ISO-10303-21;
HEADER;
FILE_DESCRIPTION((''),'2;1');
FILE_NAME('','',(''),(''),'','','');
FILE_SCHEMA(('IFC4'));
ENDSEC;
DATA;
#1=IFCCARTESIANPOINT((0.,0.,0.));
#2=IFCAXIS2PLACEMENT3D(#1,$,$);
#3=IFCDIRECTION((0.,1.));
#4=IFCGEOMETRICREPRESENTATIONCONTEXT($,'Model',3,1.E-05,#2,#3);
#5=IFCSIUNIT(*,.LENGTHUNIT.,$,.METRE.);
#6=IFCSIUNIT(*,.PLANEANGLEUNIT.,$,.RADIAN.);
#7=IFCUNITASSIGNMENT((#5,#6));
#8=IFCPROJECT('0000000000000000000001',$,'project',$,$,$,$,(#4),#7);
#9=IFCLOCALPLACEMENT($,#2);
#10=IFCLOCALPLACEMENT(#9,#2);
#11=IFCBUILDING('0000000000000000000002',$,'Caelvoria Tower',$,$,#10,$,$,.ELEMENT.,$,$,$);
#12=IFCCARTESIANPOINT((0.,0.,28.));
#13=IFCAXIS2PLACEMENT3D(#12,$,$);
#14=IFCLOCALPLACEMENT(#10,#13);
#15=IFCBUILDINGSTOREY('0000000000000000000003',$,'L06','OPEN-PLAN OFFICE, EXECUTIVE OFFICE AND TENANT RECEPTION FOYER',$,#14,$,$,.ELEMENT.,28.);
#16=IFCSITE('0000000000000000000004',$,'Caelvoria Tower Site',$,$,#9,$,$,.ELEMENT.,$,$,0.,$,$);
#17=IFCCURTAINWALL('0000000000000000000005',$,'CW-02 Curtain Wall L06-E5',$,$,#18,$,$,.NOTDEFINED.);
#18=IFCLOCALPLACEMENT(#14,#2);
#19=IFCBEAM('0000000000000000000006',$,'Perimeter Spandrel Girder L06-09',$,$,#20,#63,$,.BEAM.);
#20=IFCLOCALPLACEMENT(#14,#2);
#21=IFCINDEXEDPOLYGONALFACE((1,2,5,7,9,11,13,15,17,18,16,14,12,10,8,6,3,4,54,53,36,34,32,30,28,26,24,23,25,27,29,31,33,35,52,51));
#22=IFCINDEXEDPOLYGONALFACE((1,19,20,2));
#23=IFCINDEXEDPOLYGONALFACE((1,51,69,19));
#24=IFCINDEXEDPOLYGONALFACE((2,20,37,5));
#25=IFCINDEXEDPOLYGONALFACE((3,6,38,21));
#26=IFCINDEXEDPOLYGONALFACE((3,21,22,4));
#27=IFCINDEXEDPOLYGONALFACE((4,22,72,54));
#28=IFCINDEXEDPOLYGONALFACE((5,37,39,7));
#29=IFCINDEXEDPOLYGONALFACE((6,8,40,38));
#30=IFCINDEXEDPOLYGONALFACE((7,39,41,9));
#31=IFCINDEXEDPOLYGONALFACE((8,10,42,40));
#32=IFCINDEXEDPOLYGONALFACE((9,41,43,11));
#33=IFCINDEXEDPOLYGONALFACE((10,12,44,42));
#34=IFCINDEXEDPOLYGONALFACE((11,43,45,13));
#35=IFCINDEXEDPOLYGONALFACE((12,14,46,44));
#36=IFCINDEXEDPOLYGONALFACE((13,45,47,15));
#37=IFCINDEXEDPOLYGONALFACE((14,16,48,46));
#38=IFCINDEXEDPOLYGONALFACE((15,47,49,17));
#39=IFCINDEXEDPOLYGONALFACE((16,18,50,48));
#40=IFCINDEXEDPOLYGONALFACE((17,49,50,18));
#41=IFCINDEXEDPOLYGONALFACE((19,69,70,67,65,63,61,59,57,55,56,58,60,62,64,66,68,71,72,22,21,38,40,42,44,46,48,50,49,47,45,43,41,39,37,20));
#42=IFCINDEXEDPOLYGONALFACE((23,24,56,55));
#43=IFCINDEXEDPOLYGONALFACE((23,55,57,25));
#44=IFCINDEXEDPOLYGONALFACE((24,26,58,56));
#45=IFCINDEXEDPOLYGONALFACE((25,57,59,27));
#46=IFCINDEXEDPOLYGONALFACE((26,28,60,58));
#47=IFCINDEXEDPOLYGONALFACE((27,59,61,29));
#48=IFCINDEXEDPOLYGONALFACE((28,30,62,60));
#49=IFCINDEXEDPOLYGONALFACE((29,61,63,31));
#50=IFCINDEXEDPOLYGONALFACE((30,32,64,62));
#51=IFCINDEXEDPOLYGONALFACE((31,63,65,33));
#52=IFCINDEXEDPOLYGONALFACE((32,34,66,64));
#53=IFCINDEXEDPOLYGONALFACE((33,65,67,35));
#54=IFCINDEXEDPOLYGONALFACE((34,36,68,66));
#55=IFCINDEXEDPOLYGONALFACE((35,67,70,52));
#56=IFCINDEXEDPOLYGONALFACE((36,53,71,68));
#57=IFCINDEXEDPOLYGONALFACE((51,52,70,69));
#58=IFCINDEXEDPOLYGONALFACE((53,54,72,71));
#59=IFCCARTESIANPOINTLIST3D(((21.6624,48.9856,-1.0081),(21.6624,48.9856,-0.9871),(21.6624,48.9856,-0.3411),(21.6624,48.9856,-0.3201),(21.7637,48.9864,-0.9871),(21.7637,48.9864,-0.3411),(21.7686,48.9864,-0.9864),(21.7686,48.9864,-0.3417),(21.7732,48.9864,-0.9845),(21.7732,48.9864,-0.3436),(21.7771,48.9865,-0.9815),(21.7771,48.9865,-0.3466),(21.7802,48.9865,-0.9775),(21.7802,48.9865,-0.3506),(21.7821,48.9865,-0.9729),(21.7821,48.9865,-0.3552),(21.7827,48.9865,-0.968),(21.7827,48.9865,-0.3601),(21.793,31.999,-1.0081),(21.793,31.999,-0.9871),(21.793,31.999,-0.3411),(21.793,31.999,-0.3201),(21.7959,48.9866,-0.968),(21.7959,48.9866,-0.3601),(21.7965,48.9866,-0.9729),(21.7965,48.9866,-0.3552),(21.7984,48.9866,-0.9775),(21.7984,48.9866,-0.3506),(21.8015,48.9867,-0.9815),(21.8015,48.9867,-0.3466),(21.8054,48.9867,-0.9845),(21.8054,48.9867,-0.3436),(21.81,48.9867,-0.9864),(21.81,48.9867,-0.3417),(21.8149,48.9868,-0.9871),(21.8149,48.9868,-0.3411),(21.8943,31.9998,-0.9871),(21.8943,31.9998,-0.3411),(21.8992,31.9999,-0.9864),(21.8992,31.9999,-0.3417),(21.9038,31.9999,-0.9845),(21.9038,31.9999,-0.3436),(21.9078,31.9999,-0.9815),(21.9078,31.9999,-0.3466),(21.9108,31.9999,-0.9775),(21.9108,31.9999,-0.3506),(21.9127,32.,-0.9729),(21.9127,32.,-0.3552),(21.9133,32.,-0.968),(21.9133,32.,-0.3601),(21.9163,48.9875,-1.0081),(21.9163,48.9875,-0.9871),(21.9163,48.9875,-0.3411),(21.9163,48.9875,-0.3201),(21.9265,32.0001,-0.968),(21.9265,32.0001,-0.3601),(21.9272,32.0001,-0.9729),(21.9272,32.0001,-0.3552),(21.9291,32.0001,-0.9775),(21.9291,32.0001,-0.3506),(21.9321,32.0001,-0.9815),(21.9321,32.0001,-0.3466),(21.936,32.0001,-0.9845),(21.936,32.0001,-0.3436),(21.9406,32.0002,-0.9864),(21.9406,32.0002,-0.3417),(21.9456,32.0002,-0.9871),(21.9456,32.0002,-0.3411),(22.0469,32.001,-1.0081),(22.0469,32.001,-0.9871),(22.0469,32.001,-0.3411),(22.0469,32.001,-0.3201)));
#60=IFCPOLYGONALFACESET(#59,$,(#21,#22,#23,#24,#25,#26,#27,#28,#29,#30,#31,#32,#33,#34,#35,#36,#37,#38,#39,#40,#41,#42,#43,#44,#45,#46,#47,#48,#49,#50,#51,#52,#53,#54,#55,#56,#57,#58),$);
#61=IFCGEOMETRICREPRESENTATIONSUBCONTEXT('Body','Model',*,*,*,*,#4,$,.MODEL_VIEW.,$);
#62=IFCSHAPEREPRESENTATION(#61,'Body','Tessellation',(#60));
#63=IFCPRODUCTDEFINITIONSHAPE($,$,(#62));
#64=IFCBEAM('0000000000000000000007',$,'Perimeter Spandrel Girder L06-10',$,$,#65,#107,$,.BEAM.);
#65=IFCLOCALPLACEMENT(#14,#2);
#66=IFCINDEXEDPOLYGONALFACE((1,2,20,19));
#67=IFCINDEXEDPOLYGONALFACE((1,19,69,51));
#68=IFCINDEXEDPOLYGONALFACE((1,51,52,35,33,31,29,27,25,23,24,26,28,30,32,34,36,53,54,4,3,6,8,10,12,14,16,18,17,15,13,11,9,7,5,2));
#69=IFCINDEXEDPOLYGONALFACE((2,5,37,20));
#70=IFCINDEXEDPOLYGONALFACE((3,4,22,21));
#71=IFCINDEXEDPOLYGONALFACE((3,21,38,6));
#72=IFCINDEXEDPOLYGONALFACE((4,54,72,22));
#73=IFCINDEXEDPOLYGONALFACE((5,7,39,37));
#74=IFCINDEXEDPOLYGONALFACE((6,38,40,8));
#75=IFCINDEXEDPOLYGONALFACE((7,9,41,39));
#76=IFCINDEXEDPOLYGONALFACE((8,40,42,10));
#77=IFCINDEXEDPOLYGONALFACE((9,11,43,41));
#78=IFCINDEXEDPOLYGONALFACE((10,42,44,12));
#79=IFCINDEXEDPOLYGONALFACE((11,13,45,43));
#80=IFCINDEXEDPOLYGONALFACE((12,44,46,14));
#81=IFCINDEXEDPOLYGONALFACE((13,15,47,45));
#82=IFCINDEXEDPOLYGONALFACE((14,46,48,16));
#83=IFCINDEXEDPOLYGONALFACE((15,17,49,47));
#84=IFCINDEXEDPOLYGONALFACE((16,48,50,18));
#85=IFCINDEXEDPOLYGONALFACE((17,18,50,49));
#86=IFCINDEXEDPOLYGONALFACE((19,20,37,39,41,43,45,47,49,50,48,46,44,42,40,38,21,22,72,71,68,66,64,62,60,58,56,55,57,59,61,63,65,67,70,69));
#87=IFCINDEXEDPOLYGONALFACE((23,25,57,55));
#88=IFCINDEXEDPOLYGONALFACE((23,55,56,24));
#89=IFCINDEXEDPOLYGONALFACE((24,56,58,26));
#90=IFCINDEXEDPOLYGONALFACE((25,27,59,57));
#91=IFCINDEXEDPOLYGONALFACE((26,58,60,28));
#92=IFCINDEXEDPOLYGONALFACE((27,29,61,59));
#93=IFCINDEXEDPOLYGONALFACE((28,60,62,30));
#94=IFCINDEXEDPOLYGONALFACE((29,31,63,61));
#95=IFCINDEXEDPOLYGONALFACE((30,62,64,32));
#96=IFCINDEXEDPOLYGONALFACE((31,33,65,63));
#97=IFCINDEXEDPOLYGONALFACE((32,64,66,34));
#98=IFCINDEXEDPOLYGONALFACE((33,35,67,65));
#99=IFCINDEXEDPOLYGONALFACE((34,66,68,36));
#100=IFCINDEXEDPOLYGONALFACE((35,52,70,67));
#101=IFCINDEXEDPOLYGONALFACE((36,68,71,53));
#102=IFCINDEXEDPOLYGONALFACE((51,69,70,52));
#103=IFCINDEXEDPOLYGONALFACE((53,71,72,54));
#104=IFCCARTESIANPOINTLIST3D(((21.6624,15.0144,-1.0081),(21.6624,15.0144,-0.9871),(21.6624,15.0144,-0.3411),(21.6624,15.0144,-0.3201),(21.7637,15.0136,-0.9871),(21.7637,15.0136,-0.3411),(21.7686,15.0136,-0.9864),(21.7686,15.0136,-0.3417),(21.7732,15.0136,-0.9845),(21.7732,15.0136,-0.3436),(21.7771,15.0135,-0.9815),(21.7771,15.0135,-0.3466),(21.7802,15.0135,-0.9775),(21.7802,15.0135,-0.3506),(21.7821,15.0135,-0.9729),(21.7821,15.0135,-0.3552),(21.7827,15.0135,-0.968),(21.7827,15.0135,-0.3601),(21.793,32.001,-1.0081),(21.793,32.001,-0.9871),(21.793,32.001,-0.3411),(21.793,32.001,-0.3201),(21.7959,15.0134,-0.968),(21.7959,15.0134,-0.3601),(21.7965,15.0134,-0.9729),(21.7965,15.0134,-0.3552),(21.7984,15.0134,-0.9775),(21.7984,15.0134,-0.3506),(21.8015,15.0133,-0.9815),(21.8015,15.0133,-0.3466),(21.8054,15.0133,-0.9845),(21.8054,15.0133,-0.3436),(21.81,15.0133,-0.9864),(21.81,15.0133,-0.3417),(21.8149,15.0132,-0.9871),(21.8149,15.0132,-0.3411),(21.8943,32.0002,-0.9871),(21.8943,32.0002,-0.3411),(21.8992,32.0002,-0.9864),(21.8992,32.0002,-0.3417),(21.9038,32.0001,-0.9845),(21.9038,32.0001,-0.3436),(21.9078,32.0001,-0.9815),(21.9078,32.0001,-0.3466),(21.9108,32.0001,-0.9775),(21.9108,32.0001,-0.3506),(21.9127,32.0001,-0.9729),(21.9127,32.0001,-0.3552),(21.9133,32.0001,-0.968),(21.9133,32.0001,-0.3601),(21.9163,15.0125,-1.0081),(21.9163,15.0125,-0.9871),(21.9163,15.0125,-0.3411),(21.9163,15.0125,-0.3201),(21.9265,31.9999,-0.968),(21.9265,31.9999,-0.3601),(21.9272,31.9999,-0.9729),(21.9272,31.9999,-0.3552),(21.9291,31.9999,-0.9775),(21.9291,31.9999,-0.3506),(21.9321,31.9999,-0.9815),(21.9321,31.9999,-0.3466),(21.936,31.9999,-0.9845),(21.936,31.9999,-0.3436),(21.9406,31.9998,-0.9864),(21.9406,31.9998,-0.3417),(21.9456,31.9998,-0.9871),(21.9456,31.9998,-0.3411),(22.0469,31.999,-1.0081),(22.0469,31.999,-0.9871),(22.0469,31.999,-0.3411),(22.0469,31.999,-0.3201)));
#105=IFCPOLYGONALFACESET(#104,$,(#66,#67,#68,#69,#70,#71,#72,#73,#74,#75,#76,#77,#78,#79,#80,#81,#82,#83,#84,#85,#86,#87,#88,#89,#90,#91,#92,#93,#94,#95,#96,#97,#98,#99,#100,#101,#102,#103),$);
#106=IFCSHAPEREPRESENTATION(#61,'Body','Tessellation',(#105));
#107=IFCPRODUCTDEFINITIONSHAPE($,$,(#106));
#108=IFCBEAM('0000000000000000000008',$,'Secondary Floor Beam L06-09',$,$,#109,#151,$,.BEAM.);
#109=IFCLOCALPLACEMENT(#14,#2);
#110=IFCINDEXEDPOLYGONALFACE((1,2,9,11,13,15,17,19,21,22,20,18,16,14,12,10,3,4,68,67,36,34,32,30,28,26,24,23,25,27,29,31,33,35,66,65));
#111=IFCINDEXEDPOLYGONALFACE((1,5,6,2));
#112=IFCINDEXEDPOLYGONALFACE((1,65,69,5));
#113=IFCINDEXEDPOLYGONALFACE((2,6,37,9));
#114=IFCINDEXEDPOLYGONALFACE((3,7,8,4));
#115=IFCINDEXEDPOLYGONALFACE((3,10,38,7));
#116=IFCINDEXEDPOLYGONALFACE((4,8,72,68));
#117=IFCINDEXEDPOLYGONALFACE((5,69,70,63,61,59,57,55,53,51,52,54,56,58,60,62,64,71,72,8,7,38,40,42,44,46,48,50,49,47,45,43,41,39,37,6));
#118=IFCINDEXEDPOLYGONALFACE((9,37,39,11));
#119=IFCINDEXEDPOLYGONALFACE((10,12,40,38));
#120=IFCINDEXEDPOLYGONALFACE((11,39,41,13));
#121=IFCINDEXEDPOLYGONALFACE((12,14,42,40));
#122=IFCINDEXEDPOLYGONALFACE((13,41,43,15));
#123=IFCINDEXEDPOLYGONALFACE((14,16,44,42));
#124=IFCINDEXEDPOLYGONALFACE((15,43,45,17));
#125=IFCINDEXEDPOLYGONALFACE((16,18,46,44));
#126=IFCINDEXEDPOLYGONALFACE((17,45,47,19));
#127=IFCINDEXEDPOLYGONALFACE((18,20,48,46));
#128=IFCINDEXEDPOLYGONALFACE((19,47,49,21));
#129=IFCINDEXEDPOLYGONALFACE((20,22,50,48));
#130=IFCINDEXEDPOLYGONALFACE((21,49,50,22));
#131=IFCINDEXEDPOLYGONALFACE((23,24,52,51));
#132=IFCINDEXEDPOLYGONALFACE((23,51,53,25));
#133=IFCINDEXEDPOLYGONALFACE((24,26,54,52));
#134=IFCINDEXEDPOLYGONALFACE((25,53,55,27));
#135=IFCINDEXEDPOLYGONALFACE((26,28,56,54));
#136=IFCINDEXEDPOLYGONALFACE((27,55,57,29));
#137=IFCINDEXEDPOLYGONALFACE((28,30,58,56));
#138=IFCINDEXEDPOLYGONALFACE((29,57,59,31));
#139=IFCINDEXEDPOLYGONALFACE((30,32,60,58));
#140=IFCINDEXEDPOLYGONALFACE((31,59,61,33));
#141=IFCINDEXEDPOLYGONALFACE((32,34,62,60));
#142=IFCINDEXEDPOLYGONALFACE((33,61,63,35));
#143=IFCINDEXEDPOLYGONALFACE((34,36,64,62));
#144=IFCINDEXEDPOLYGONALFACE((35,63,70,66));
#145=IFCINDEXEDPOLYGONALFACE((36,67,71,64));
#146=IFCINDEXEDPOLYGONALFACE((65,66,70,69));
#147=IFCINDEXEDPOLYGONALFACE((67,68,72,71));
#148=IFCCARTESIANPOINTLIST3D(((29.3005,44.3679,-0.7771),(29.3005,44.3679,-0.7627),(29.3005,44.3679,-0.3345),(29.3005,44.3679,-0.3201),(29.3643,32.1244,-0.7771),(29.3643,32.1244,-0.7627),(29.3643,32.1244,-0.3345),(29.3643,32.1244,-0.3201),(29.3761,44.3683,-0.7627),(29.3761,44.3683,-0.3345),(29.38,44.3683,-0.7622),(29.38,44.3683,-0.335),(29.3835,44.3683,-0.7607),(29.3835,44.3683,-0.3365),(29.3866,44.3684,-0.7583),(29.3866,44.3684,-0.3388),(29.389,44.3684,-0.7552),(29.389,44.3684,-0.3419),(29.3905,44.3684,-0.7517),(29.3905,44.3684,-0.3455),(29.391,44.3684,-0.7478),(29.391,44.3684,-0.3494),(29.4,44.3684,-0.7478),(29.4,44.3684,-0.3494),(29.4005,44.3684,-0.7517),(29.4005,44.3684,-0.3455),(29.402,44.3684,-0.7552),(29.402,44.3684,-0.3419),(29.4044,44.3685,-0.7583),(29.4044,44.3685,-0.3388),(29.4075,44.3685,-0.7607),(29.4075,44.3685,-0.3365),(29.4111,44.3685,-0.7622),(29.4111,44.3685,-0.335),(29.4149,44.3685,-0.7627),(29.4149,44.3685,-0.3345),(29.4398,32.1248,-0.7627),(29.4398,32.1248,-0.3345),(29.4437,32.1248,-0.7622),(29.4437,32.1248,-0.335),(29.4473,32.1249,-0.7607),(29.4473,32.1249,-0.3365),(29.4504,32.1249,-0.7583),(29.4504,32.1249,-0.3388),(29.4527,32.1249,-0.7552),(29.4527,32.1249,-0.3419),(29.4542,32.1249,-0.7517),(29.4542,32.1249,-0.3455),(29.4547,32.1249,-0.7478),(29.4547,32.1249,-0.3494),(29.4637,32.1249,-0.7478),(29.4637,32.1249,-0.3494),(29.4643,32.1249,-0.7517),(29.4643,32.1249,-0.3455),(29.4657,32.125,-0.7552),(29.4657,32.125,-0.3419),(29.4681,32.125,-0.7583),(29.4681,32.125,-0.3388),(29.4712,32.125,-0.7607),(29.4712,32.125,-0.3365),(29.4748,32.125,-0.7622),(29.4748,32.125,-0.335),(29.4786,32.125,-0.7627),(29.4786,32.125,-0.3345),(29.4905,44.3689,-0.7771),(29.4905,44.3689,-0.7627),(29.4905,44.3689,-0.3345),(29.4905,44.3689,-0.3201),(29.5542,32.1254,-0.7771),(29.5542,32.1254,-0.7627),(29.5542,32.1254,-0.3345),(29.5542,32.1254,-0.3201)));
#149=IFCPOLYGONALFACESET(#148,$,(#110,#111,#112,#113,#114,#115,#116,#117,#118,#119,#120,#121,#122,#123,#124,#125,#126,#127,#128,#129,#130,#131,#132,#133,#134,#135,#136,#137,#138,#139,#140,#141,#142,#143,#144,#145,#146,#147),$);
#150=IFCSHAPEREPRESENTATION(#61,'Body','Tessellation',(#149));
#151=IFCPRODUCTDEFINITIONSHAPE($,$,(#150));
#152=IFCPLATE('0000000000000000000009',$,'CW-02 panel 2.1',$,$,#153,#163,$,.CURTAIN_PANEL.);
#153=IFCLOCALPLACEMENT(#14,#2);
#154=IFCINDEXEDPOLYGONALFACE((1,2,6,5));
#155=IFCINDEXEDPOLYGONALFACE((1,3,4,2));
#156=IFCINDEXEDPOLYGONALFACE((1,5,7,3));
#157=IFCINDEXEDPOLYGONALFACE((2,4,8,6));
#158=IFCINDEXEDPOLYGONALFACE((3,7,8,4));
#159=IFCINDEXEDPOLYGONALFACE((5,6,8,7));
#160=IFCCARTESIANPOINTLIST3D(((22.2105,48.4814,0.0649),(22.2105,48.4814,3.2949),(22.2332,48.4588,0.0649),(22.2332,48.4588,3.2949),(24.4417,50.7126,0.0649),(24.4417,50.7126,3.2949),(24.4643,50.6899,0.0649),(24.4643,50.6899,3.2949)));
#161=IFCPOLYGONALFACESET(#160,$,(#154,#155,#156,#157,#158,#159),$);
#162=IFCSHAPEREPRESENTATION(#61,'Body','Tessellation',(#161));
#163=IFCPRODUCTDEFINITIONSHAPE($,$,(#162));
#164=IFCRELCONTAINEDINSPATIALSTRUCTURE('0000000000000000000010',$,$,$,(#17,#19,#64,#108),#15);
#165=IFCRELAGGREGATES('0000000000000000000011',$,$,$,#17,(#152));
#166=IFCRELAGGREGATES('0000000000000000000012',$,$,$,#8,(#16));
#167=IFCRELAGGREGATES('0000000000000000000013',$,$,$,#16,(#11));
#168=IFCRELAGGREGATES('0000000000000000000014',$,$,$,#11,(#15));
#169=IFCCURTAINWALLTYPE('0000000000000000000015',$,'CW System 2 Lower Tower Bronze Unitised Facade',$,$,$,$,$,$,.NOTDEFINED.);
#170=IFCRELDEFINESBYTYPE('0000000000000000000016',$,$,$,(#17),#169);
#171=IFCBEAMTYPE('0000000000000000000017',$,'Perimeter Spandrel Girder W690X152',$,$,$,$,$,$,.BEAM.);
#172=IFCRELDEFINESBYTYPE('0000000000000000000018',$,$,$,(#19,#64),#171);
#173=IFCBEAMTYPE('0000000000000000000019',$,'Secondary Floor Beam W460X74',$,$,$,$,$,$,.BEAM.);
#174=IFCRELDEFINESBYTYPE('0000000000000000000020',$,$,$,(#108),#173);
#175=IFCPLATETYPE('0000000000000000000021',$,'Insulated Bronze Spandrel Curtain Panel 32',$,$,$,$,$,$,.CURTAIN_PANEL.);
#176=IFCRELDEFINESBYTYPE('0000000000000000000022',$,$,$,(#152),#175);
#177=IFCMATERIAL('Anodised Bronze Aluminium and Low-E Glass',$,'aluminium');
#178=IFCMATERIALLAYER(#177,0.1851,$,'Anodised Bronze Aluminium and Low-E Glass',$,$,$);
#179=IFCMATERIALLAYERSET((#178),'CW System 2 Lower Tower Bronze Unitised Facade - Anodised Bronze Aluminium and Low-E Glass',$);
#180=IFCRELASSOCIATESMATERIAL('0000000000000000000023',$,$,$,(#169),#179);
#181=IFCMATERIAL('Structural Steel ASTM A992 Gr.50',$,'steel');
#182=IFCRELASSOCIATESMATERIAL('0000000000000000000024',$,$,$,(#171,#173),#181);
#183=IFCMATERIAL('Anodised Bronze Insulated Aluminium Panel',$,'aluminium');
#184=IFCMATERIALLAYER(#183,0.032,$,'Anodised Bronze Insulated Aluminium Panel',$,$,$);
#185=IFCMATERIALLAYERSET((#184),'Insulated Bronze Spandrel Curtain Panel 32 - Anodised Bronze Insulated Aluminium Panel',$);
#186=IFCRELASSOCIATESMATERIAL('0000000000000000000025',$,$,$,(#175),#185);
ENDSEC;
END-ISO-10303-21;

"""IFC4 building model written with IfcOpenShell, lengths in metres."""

from ifc_helpers import new_model, si_unit, direction, frame, origin, origin_2d, place, context, subcontext, project, spatial, rectangle, i_section, extrude, material, layer, layer_set, material_profile, profile_set, type_object, element, aggregate, save


model = new_model("IFC4")

# Units and contexts
model_context = context("Model", 3, precision=1e-05, world=origin(), true_north=direction((0.0, 1.0)))
body_context = subcontext(model_context, "Body", "Model", "MODEL_VIEW")
ifc_project = project(units=[si_unit("LENGTHUNIT", "METRE"), si_unit("PLANEANGLEUNIT", "RADIAN")], contexts=[model_context])

# Site, building, storey
site_placement = place(None, origin())
site = spatial("IfcSite", under=ifc_project, at=site_placement, Name="Caelvoria Tower Site", CompositionType="ELEMENT", RefElevation=0.0)
building_placement = place(site_placement, origin())
building = spatial("IfcBuilding", under=site, at=building_placement, Name="Caelvoria Tower", CompositionType="ELEMENT")
storey_placement = place(building_placement, frame((0.0, 0.0, 28.0)))
storey = spatial("IfcBuildingStorey", under=building, at=storey_placement, Name="L06", Description="OPEN-PLAN OFFICE, EXECUTIVE OFFICE AND TENANT RECEPTION FOYER", CompositionType="ELEMENT", Elevation=28.0)

# Curtain wall
ifc_material_1 = material(Name="Anodised Bronze Aluminium and Low-E Glass", Category="aluminium")
ifc_layer_1 = layer(ifc_material_1, 0.1851, Name="Anodised Bronze Aluminium and Low-E Glass")
ifc_layer_set_1 = layer_set([ifc_layer_1], Name="CW System 2 Lower Tower Bronze Unitised Facade - Anodised Bronze Aluminium and Low-E Glass")
curtain_wall_type = type_object("IfcCurtainWallType", Name="CW System 2 Lower Tower Bronze Unitised Facade", PredefinedType="NOTDEFINED", material=ifc_layer_set_1)
curtain_wall_placement = place(storey_placement, origin())
curtain_wall = element("IfcCurtainWall", 1, at=curtain_wall_placement, inside=storey, type_object=curtain_wall_type, Name="CW-02 Curtain Wall L06-E5", PredefinedType="NOTDEFINED")

# Beams
ifc_material_2 = material(Name="Structural Steel ASTM A992 Gr.50", Category="steel")
ifc_material_profile_1 = material_profile(ifc_material_2, i_section(OverallWidth=0.2539, OverallDepth=0.688, WebThickness=0.0132, FlangeThickness=0.021, FilletRadius=0.019, at=origin_2d()), Name="Structural Steel ASTM A992 Gr.50")
ifc_profile_set_1 = profile_set([ifc_material_profile_1], Name="W690X152 - Structural Steel ASTM A992 Gr.50")
beam_type_1 = type_object("IfcBeamType", Name="Perimeter Spandrel Girder W690X152", PredefinedType="BEAM", material=ifc_profile_set_1)
for number, where, z_axis, x_axis, name in (
    (2, (21.7893, 48.9866, -0.6641), (0.007689, -0.99997, 0.0), (0.99997, 0.007689, 0.0), "Perimeter Spandrel Girder L06-09"),
    (3, (21.9199, 32.0, -0.6641), (-0.007689, -0.99997, 0.0), (0.99997, -0.007689, 0.0), "Perimeter Spandrel Girder L06-10"),
):
    element("IfcBeam", number, at=place(storey_placement, frame(where, z_axis=z_axis, x_axis=x_axis)), inside=storey, type_object=beam_type_1, Name=name, PredefinedType="BEAM", context=body_context, shape_type="SweptSolid", body=[
        extrude(i_section(OverallWidth=0.2539, OverallDepth=0.688, WebThickness=0.0132, FlangeThickness=0.021, FilletRadius=0.019, at=origin_2d()), origin(), (0.0, 0.0, 1.0), 16.9871),
    ])
ifc_material_profile_2 = material_profile(ifc_material_2, i_section(OverallWidth=0.1899, OverallDepth=0.457, WebThickness=0.009, FlangeThickness=0.0144, FilletRadius=0.0149, at=origin_2d()), Name="Structural Steel ASTM A992 Gr.50")
ifc_profile_set_2 = profile_set([ifc_material_profile_2], Name="W460X74 - Structural Steel ASTM A992 Gr.50")
beam_type_2 = type_object("IfcBeamType", Name="Secondary Floor Beam W460X74", PredefinedType="BEAM", material=ifc_profile_set_2)
beam_placement = place(storey_placement, frame((29.3955, 44.3684, -0.5486), z_axis=(0.005204, -0.999986, 0.0), x_axis=(0.999986, 0.005204, 0.0)))
element("IfcBeam", 4, at=beam_placement, inside=storey, type_object=beam_type_2, Name="Secondary Floor Beam L06-09", PredefinedType="BEAM", context=body_context, shape_type="SweptSolid", body=[
    extrude(i_section(OverallWidth=0.1899, OverallDepth=0.457, WebThickness=0.009, FlangeThickness=0.0144, FilletRadius=0.0149, at=origin_2d()), origin(), (0.0, 0.0, 1.0), 12.2437),
])

# Plate
ifc_material_3 = material(Name="Anodised Bronze Insulated Aluminium Panel", Category="aluminium")
ifc_layer_2 = layer(ifc_material_3, 0.032, Name="Anodised Bronze Insulated Aluminium Panel")
ifc_layer_set_2 = layer_set([ifc_layer_2], Name="Insulated Bronze Spandrel Curtain Panel 32 - Anodised Bronze Insulated Aluminium Panel")
plate_type = type_object("IfcPlateType", Name="Insulated Bronze Spandrel Curtain Panel 32", PredefinedType="CURTAIN_PANEL", material=ifc_layer_set_2)
plate_placement = place(storey_placement, frame((23.3374, 49.5857, 0.0649), z_axis=(0.0, 0.0, 1.0), x_axis=(-0.707107, -0.707107, 0.0)))
plate = element("IfcPlate", 5, at=plate_placement, type_object=plate_type, Name="CW-02 panel 2.1", PredefinedType="CURTAIN_PANEL", context=body_context, shape_type="SweptSolid", body=[
    extrude(rectangle(XDim=3.1553, YDim=0.032, at=origin_2d()), origin(), (0.0, 0.0, 1.0), 3.23),
])
aggregate(curtain_wall, [plate])

save(model, "model.ifc")
